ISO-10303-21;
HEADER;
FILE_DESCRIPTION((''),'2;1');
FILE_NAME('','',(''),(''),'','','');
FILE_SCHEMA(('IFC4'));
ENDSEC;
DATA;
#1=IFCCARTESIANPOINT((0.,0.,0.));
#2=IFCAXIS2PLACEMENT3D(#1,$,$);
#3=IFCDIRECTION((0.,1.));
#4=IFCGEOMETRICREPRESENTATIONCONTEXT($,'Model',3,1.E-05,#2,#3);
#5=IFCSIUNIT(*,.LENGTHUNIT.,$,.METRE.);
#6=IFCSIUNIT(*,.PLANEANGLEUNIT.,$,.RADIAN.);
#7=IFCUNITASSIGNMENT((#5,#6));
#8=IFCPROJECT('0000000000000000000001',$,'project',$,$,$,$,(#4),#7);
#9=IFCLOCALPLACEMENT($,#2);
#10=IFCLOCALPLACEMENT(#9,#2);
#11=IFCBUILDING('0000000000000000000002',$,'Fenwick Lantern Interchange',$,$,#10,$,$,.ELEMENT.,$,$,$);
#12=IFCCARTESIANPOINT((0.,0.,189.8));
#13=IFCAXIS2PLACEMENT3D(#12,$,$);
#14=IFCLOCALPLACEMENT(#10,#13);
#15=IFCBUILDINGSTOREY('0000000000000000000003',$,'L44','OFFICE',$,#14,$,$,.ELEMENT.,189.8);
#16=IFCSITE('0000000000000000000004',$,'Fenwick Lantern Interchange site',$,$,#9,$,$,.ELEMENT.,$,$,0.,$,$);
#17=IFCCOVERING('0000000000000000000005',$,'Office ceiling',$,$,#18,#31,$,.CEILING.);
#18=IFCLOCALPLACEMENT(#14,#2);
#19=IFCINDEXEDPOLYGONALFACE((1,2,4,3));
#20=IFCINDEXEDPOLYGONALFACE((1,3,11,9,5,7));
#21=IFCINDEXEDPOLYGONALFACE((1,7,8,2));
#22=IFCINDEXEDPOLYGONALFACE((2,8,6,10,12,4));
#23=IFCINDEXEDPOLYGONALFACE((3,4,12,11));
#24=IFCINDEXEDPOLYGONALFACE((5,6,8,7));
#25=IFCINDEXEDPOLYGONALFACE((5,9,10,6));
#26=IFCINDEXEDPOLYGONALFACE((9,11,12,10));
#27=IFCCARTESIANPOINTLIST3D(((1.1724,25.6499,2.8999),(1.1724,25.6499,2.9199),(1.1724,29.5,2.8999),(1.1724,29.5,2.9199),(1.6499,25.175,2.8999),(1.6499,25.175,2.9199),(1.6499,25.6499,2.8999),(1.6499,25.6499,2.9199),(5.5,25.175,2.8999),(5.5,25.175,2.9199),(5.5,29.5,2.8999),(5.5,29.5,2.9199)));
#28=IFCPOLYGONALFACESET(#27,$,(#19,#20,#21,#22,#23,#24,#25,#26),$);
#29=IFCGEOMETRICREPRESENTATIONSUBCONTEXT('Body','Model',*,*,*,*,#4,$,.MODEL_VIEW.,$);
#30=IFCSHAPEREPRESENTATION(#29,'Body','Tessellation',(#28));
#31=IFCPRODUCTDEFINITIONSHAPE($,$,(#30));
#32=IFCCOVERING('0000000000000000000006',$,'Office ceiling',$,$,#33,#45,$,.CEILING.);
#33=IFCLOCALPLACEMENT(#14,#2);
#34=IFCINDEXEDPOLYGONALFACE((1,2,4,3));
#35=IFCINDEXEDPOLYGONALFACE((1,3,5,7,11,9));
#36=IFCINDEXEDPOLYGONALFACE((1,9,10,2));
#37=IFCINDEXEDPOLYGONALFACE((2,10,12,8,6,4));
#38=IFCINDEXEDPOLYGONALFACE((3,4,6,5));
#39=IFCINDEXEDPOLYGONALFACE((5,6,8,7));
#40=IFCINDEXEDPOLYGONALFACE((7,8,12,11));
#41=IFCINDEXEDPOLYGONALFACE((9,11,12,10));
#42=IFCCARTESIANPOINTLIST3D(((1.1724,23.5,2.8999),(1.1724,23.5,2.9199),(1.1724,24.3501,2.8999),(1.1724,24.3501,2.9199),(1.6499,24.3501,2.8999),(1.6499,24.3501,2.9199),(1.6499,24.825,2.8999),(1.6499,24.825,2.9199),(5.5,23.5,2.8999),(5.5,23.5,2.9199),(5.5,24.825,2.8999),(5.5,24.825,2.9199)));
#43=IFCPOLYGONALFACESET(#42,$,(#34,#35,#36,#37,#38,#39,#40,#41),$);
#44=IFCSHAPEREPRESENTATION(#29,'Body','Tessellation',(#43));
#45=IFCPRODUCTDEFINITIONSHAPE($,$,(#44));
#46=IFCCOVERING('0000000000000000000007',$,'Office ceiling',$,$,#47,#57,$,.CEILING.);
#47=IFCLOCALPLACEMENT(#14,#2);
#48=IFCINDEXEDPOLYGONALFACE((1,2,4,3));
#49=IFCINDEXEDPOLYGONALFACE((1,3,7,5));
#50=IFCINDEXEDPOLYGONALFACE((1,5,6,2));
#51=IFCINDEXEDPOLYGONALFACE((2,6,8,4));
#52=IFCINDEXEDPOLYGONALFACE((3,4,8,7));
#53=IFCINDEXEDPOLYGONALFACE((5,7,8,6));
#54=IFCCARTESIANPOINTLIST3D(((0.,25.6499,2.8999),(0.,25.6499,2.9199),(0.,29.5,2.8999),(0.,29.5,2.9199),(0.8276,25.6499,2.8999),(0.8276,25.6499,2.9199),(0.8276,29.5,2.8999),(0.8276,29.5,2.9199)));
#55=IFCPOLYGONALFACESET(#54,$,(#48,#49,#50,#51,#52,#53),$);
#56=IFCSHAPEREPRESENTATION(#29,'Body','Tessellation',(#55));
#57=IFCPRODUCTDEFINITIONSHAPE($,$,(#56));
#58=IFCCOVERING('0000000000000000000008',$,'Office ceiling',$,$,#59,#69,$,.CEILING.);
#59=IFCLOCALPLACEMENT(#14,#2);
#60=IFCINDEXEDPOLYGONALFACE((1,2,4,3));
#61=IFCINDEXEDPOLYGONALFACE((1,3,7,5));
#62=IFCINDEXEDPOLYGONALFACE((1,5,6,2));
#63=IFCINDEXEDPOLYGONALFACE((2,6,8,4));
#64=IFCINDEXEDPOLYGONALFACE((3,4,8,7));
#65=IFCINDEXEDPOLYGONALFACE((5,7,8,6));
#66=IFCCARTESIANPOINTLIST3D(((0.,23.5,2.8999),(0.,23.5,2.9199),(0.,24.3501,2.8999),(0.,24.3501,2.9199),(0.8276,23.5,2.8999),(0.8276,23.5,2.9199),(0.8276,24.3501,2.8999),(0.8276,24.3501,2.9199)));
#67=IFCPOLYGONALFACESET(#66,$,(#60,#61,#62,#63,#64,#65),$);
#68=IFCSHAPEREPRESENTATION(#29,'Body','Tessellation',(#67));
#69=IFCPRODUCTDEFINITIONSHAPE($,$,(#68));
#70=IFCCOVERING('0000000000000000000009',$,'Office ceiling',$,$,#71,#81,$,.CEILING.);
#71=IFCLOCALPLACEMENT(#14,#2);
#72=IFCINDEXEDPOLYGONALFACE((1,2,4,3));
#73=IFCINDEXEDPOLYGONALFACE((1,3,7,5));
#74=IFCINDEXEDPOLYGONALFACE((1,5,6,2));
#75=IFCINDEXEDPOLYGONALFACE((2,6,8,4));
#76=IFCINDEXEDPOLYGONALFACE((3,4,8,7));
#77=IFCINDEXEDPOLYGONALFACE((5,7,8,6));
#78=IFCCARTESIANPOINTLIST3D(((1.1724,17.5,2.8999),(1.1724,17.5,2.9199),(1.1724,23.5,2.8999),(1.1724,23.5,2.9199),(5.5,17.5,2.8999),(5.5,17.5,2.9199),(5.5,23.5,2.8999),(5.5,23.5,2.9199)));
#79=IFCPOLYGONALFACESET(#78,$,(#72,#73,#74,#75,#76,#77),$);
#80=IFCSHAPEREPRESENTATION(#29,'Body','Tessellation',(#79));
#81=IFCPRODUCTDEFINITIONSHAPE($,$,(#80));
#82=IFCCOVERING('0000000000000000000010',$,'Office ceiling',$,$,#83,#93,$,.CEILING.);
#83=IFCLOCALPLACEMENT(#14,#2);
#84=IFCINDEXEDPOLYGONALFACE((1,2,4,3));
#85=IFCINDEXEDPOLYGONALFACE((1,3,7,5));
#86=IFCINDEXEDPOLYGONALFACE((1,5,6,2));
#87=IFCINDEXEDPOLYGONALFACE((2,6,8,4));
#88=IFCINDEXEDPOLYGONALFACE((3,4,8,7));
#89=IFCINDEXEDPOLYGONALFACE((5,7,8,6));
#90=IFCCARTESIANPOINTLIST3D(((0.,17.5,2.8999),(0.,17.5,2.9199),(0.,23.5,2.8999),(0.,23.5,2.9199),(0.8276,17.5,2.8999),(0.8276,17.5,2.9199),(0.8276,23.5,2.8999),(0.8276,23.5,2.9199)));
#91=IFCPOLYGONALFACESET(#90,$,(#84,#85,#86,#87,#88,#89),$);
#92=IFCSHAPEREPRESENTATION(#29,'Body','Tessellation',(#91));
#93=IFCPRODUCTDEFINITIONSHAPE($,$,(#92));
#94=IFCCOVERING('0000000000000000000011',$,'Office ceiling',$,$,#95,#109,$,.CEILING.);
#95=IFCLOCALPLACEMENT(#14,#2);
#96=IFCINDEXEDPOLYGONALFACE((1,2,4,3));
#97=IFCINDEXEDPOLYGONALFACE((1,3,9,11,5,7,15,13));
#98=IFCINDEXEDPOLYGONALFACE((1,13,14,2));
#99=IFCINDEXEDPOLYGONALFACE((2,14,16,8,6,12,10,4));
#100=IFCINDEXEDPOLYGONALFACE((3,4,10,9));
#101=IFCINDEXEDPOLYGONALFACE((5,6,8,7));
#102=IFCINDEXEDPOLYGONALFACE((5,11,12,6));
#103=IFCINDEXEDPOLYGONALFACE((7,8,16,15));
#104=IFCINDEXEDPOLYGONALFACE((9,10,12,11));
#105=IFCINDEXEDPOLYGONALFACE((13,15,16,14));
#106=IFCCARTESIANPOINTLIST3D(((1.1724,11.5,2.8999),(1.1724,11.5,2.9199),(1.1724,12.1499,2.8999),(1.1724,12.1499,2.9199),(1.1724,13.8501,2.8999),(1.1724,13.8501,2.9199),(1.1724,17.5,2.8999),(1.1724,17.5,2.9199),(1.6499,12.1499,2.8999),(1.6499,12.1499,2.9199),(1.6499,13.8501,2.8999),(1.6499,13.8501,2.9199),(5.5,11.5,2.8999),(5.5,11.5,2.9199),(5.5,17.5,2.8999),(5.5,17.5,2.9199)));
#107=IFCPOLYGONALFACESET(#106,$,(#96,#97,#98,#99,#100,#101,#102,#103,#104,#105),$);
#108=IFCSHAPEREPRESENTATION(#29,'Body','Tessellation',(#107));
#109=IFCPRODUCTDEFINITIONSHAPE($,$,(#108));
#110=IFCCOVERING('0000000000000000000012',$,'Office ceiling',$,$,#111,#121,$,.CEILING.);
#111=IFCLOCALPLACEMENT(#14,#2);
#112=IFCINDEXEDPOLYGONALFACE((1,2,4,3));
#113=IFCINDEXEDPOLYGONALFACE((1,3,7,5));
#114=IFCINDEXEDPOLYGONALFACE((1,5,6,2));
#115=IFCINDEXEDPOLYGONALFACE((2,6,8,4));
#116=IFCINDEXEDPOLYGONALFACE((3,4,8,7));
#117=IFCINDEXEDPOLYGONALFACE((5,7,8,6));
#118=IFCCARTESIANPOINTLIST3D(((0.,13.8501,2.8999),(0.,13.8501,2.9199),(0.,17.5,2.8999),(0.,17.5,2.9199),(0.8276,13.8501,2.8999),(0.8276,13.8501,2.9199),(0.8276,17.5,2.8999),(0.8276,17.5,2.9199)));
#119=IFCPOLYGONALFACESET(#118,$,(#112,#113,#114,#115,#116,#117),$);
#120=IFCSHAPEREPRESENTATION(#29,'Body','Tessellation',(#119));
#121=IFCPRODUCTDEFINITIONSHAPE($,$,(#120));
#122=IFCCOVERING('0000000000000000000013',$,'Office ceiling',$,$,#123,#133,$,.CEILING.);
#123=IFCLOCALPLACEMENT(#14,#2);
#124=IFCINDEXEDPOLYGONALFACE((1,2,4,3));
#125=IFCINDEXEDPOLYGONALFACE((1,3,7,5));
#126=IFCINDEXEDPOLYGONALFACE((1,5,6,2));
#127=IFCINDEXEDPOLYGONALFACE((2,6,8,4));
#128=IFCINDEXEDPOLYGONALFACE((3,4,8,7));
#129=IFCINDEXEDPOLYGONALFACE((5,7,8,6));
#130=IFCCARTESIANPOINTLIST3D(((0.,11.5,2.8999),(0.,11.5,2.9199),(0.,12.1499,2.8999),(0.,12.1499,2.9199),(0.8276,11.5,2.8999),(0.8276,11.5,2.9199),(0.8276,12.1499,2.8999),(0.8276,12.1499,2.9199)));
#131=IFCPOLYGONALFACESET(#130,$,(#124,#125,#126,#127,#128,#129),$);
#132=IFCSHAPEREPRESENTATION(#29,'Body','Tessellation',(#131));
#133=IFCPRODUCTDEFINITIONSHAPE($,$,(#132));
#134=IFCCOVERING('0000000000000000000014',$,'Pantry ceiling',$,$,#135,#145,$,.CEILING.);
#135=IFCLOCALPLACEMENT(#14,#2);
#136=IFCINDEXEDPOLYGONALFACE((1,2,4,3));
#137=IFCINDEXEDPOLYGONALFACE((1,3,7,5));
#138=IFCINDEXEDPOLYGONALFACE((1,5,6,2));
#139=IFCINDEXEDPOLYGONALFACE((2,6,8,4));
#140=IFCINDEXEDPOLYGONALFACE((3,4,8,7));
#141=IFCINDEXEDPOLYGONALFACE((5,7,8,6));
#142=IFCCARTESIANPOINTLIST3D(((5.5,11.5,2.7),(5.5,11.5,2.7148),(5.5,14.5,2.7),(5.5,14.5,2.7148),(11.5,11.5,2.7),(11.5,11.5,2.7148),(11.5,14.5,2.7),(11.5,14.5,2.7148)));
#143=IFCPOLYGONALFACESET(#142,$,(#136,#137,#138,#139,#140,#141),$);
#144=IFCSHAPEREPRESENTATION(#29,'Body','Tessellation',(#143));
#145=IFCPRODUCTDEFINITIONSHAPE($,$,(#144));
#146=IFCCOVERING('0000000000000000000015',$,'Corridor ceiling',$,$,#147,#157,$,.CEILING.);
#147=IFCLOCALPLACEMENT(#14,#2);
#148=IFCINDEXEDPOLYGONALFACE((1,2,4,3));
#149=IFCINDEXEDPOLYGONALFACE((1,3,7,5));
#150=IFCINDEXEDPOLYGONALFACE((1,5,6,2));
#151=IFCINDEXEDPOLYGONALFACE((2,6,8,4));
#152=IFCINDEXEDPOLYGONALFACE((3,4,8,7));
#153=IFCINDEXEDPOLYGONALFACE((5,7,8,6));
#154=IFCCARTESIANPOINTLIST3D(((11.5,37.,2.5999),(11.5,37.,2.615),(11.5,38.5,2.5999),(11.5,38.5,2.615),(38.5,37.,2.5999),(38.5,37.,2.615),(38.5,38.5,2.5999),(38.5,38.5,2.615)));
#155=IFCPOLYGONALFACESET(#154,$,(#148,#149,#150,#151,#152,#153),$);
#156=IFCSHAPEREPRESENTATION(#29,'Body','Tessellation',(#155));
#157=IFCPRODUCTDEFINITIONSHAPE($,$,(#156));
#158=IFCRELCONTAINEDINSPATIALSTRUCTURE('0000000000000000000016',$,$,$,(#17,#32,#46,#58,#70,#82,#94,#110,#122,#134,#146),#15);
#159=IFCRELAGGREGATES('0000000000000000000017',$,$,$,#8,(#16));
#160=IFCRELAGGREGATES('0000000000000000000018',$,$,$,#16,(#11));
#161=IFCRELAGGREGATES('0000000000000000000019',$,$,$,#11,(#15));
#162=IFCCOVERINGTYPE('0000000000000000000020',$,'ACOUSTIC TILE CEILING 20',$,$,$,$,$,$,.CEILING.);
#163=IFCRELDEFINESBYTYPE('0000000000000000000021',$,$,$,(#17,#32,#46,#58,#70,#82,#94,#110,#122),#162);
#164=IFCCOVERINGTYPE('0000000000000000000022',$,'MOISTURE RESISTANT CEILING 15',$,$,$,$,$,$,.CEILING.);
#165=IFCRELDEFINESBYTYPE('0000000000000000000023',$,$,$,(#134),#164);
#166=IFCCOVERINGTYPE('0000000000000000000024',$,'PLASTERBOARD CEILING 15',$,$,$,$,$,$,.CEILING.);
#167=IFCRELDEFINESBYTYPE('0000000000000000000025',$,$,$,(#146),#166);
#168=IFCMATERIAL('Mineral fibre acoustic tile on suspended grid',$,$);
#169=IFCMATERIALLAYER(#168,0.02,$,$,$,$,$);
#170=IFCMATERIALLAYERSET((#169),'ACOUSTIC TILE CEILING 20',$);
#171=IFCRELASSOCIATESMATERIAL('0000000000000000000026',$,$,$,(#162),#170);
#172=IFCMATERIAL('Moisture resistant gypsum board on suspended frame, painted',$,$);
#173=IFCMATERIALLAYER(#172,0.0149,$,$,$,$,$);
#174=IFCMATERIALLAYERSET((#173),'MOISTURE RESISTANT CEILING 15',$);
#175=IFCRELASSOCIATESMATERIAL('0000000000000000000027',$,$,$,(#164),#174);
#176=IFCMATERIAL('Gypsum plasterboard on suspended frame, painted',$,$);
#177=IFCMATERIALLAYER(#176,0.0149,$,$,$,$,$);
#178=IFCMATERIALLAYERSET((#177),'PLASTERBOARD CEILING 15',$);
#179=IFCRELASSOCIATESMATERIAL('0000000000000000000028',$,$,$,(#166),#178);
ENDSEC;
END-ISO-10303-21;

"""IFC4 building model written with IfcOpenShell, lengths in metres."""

from ifc_helpers import new_model, si_unit, direction, frame, origin, place, context, subcontext, project, spatial, polyline, outline, extrude, material, layer, layer_set, type_object, element, save


model = new_model("IFC4")

# Units and contexts
model_context = context("Model", 3, precision=1e-05, world=origin(), true_north=direction((0.0, 1.0)))
body_context = subcontext(model_context, "Body", "Model", "MODEL_VIEW")
ifc_project = project(units=[si_unit("LENGTHUNIT", "METRE"), si_unit("PLANEANGLEUNIT", "RADIAN")], contexts=[model_context])

# Site, building, storey
site_placement = place(None, origin())
site = spatial("IfcSite", under=ifc_project, at=site_placement, Name="Fenwick Lantern Interchange site", CompositionType="ELEMENT", RefElevation=0.0)
building_placement = place(site_placement, origin())
building = spatial("IfcBuilding", under=site, at=building_placement, Name="Fenwick Lantern Interchange", CompositionType="ELEMENT")
storey_placement = place(building_placement, frame((0.0, 0.0, 189.8)))
storey = spatial("IfcBuildingStorey", under=building, at=storey_placement, Name="L44", Description="OFFICE", CompositionType="ELEMENT", Elevation=189.8)

# Coverings
ifc_material_1 = material(Name="Mineral fibre acoustic tile on suspended grid")
ifc_layer_1 = layer(ifc_material_1, 0.02)
ifc_layer_set_1 = layer_set([ifc_layer_1], Name="ACOUSTIC TILE CEILING 20")
covering_type_1 = type_object("IfcCoveringType", Name="ACOUSTIC TILE CEILING 20", PredefinedType="CEILING", material=ifc_layer_set_1)
covering_1_placement = place(storey_placement, frame((0.0, 0.0, 2.8999)))
element("IfcCovering", 1, at=covering_1_placement, inside=storey, type_object=covering_type_1, Name="Office ceiling", PredefinedType="CEILING", context=body_context, shape_type="SweptSolid", body=[
    extrude(outline(polyline([(5.5, 29.5), (1.1724, 29.5), (1.1724, 25.6499), (1.6499, 25.6499), (1.6499, 25.175), (5.5, 25.175), (5.5, 29.5)])), origin(), (0.0, 0.0, 1.0), 0.02),
])
covering_2_placement = place(storey_placement, frame((0.0, 0.0, 2.8999)))
element("IfcCovering", 2, at=covering_2_placement, inside=storey, type_object=covering_type_1, Name="Office ceiling", PredefinedType="CEILING", context=body_context, shape_type="SweptSolid", body=[
    extrude(outline(polyline([(5.5, 23.5), (5.5, 24.825), (1.6499, 24.825), (1.6499, 24.3501), (1.1724, 24.3501), (1.1724, 23.5), (5.5, 23.5)])), origin(), (0.0, 0.0, 1.0), 0.02),
])
covering_3_placement = place(storey_placement, frame((0.0, 0.0, 2.8999)))
element("IfcCovering", 3, at=covering_3_placement, inside=storey, type_object=covering_type_1, Name="Office ceiling", PredefinedType="CEILING", context=body_context, shape_type="SweptSolid", body=[
    extrude(outline(polyline([(0.8276, 29.5), (0.0, 29.5), (0.0, 25.6499), (0.8276, 25.6499), (0.8276, 29.5)])), origin(), (0.0, 0.0, 1.0), 0.02),
])
covering_4_placement = place(storey_placement, frame((0.0, 0.0, 2.8999)))
element("IfcCovering", 4, at=covering_4_placement, inside=storey, type_object=covering_type_1, Name="Office ceiling", PredefinedType="CEILING", context=body_context, shape_type="SweptSolid", body=[
    extrude(outline(polyline([(0.0, 23.5), (0.8276, 23.5), (0.8276, 24.3501), (0.0, 24.3501), (0.0, 23.5)])), origin(), (0.0, 0.0, 1.0), 0.02),
])
covering_5_placement = place(storey_placement, frame((0.0, 0.0, 2.8999)))
element("IfcCovering", 5, at=covering_5_placement, inside=storey, type_object=covering_type_1, Name="Office ceiling", PredefinedType="CEILING", context=body_context, shape_type="SweptSolid", body=[
    extrude(outline(polyline([(5.5, 23.5), (1.1724, 23.5), (1.1724, 17.5), (5.5, 17.5), (5.5, 23.5)])), origin(), (0.0, 0.0, 1.0), 0.02),
])
covering_6_placement = place(storey_placement, frame((0.0, 0.0, 2.8999)))
element("IfcCovering", 6, at=covering_6_placement, inside=storey, type_object=covering_type_1, Name="Office ceiling", PredefinedType="CEILING", context=body_context, shape_type="SweptSolid", body=[
    extrude(outline(polyline([(0.0, 17.5), (0.8276, 17.5), (0.8276, 23.5), (0.0, 23.5), (0.0, 17.5)])), origin(), (0.0, 0.0, 1.0), 0.02),
])
covering_7_placement = place(storey_placement, frame((0.0, 0.0, 2.8999)))
element("IfcCovering", 7, at=covering_7_placement, inside=storey, type_object=covering_type_1, Name="Office ceiling", PredefinedType="CEILING", context=body_context, shape_type="SweptSolid", body=[
    extrude(outline(polyline([(5.5, 17.5), (1.1724, 17.5), (1.1724, 13.8501), (1.6499, 13.8501), (1.6499, 12.1499), (1.1724, 12.1499), (1.1724, 11.5), (5.5, 11.5), (5.5, 17.5)])), origin(), (0.0, 0.0, 1.0), 0.02),
])
covering_8_placement = place(storey_placement, frame((0.0, 0.0, 2.8999)))
element("IfcCovering", 8, at=covering_8_placement, inside=storey, type_object=covering_type_1, Name="Office ceiling", PredefinedType="CEILING", context=body_context, shape_type="SweptSolid", body=[
    extrude(outline(polyline([(0.8276, 17.5), (0.0, 17.5), (0.0, 13.8501), (0.8276, 13.8501), (0.8276, 17.5)])), origin(), (0.0, 0.0, 1.0), 0.02),
])
covering_9_placement = place(storey_placement, frame((0.0, 0.0, 2.8999)))
element("IfcCovering", 9, at=covering_9_placement, inside=storey, type_object=covering_type_1, Name="Office ceiling", PredefinedType="CEILING", context=body_context, shape_type="SweptSolid", body=[
    extrude(outline(polyline([(0.0, 11.5), (0.8276, 11.5), (0.8276, 12.1499), (0.0, 12.1499), (0.0, 11.5)])), origin(), (0.0, 0.0, 1.0), 0.02),
])
ifc_material_2 = material(Name="Moisture resistant gypsum board on suspended frame, painted")
ifc_layer_2 = layer(ifc_material_2, 0.0149)
ifc_layer_set_2 = layer_set([ifc_layer_2], Name="MOISTURE RESISTANT CEILING 15")
covering_type_2 = type_object("IfcCoveringType", Name="MOISTURE RESISTANT CEILING 15", PredefinedType="CEILING", material=ifc_layer_set_2)
covering_10_placement = place(storey_placement, frame((0.0, 0.0, 2.7)))
element("IfcCovering", 10, at=covering_10_placement, inside=storey, type_object=covering_type_2, Name="Pantry ceiling", PredefinedType="CEILING", context=body_context, shape_type="SweptSolid", body=[
    extrude(outline(polyline([(5.5, 14.5), (5.5, 11.5), (11.5, 11.5), (11.5, 14.5), (5.5, 14.5)])), origin(), (0.0, 0.0, 1.0), 0.0149),
])
ifc_material_3 = material(Name="Gypsum plasterboard on suspended frame, painted")
ifc_layer_3 = layer(ifc_material_3, 0.0149)
ifc_layer_set_3 = layer_set([ifc_layer_3], Name="PLASTERBOARD CEILING 15")
covering_type_3 = type_object("IfcCoveringType", Name="PLASTERBOARD CEILING 15", PredefinedType="CEILING", material=ifc_layer_set_3)
covering_11_placement = place(storey_placement, frame((0.0, 0.0, 2.5999)))
element("IfcCovering", 11, at=covering_11_placement, inside=storey, type_object=covering_type_3, Name="Corridor ceiling", PredefinedType="CEILING", context=body_context, shape_type="SweptSolid", body=[
    extrude(outline(polyline([(11.5, 38.5), (11.5, 37.0), (38.5, 37.0), (38.5, 38.5), (11.5, 38.5)])), origin(), (0.0, 0.0, 1.0), 0.0151),
])

save(model, "model.ifc")
